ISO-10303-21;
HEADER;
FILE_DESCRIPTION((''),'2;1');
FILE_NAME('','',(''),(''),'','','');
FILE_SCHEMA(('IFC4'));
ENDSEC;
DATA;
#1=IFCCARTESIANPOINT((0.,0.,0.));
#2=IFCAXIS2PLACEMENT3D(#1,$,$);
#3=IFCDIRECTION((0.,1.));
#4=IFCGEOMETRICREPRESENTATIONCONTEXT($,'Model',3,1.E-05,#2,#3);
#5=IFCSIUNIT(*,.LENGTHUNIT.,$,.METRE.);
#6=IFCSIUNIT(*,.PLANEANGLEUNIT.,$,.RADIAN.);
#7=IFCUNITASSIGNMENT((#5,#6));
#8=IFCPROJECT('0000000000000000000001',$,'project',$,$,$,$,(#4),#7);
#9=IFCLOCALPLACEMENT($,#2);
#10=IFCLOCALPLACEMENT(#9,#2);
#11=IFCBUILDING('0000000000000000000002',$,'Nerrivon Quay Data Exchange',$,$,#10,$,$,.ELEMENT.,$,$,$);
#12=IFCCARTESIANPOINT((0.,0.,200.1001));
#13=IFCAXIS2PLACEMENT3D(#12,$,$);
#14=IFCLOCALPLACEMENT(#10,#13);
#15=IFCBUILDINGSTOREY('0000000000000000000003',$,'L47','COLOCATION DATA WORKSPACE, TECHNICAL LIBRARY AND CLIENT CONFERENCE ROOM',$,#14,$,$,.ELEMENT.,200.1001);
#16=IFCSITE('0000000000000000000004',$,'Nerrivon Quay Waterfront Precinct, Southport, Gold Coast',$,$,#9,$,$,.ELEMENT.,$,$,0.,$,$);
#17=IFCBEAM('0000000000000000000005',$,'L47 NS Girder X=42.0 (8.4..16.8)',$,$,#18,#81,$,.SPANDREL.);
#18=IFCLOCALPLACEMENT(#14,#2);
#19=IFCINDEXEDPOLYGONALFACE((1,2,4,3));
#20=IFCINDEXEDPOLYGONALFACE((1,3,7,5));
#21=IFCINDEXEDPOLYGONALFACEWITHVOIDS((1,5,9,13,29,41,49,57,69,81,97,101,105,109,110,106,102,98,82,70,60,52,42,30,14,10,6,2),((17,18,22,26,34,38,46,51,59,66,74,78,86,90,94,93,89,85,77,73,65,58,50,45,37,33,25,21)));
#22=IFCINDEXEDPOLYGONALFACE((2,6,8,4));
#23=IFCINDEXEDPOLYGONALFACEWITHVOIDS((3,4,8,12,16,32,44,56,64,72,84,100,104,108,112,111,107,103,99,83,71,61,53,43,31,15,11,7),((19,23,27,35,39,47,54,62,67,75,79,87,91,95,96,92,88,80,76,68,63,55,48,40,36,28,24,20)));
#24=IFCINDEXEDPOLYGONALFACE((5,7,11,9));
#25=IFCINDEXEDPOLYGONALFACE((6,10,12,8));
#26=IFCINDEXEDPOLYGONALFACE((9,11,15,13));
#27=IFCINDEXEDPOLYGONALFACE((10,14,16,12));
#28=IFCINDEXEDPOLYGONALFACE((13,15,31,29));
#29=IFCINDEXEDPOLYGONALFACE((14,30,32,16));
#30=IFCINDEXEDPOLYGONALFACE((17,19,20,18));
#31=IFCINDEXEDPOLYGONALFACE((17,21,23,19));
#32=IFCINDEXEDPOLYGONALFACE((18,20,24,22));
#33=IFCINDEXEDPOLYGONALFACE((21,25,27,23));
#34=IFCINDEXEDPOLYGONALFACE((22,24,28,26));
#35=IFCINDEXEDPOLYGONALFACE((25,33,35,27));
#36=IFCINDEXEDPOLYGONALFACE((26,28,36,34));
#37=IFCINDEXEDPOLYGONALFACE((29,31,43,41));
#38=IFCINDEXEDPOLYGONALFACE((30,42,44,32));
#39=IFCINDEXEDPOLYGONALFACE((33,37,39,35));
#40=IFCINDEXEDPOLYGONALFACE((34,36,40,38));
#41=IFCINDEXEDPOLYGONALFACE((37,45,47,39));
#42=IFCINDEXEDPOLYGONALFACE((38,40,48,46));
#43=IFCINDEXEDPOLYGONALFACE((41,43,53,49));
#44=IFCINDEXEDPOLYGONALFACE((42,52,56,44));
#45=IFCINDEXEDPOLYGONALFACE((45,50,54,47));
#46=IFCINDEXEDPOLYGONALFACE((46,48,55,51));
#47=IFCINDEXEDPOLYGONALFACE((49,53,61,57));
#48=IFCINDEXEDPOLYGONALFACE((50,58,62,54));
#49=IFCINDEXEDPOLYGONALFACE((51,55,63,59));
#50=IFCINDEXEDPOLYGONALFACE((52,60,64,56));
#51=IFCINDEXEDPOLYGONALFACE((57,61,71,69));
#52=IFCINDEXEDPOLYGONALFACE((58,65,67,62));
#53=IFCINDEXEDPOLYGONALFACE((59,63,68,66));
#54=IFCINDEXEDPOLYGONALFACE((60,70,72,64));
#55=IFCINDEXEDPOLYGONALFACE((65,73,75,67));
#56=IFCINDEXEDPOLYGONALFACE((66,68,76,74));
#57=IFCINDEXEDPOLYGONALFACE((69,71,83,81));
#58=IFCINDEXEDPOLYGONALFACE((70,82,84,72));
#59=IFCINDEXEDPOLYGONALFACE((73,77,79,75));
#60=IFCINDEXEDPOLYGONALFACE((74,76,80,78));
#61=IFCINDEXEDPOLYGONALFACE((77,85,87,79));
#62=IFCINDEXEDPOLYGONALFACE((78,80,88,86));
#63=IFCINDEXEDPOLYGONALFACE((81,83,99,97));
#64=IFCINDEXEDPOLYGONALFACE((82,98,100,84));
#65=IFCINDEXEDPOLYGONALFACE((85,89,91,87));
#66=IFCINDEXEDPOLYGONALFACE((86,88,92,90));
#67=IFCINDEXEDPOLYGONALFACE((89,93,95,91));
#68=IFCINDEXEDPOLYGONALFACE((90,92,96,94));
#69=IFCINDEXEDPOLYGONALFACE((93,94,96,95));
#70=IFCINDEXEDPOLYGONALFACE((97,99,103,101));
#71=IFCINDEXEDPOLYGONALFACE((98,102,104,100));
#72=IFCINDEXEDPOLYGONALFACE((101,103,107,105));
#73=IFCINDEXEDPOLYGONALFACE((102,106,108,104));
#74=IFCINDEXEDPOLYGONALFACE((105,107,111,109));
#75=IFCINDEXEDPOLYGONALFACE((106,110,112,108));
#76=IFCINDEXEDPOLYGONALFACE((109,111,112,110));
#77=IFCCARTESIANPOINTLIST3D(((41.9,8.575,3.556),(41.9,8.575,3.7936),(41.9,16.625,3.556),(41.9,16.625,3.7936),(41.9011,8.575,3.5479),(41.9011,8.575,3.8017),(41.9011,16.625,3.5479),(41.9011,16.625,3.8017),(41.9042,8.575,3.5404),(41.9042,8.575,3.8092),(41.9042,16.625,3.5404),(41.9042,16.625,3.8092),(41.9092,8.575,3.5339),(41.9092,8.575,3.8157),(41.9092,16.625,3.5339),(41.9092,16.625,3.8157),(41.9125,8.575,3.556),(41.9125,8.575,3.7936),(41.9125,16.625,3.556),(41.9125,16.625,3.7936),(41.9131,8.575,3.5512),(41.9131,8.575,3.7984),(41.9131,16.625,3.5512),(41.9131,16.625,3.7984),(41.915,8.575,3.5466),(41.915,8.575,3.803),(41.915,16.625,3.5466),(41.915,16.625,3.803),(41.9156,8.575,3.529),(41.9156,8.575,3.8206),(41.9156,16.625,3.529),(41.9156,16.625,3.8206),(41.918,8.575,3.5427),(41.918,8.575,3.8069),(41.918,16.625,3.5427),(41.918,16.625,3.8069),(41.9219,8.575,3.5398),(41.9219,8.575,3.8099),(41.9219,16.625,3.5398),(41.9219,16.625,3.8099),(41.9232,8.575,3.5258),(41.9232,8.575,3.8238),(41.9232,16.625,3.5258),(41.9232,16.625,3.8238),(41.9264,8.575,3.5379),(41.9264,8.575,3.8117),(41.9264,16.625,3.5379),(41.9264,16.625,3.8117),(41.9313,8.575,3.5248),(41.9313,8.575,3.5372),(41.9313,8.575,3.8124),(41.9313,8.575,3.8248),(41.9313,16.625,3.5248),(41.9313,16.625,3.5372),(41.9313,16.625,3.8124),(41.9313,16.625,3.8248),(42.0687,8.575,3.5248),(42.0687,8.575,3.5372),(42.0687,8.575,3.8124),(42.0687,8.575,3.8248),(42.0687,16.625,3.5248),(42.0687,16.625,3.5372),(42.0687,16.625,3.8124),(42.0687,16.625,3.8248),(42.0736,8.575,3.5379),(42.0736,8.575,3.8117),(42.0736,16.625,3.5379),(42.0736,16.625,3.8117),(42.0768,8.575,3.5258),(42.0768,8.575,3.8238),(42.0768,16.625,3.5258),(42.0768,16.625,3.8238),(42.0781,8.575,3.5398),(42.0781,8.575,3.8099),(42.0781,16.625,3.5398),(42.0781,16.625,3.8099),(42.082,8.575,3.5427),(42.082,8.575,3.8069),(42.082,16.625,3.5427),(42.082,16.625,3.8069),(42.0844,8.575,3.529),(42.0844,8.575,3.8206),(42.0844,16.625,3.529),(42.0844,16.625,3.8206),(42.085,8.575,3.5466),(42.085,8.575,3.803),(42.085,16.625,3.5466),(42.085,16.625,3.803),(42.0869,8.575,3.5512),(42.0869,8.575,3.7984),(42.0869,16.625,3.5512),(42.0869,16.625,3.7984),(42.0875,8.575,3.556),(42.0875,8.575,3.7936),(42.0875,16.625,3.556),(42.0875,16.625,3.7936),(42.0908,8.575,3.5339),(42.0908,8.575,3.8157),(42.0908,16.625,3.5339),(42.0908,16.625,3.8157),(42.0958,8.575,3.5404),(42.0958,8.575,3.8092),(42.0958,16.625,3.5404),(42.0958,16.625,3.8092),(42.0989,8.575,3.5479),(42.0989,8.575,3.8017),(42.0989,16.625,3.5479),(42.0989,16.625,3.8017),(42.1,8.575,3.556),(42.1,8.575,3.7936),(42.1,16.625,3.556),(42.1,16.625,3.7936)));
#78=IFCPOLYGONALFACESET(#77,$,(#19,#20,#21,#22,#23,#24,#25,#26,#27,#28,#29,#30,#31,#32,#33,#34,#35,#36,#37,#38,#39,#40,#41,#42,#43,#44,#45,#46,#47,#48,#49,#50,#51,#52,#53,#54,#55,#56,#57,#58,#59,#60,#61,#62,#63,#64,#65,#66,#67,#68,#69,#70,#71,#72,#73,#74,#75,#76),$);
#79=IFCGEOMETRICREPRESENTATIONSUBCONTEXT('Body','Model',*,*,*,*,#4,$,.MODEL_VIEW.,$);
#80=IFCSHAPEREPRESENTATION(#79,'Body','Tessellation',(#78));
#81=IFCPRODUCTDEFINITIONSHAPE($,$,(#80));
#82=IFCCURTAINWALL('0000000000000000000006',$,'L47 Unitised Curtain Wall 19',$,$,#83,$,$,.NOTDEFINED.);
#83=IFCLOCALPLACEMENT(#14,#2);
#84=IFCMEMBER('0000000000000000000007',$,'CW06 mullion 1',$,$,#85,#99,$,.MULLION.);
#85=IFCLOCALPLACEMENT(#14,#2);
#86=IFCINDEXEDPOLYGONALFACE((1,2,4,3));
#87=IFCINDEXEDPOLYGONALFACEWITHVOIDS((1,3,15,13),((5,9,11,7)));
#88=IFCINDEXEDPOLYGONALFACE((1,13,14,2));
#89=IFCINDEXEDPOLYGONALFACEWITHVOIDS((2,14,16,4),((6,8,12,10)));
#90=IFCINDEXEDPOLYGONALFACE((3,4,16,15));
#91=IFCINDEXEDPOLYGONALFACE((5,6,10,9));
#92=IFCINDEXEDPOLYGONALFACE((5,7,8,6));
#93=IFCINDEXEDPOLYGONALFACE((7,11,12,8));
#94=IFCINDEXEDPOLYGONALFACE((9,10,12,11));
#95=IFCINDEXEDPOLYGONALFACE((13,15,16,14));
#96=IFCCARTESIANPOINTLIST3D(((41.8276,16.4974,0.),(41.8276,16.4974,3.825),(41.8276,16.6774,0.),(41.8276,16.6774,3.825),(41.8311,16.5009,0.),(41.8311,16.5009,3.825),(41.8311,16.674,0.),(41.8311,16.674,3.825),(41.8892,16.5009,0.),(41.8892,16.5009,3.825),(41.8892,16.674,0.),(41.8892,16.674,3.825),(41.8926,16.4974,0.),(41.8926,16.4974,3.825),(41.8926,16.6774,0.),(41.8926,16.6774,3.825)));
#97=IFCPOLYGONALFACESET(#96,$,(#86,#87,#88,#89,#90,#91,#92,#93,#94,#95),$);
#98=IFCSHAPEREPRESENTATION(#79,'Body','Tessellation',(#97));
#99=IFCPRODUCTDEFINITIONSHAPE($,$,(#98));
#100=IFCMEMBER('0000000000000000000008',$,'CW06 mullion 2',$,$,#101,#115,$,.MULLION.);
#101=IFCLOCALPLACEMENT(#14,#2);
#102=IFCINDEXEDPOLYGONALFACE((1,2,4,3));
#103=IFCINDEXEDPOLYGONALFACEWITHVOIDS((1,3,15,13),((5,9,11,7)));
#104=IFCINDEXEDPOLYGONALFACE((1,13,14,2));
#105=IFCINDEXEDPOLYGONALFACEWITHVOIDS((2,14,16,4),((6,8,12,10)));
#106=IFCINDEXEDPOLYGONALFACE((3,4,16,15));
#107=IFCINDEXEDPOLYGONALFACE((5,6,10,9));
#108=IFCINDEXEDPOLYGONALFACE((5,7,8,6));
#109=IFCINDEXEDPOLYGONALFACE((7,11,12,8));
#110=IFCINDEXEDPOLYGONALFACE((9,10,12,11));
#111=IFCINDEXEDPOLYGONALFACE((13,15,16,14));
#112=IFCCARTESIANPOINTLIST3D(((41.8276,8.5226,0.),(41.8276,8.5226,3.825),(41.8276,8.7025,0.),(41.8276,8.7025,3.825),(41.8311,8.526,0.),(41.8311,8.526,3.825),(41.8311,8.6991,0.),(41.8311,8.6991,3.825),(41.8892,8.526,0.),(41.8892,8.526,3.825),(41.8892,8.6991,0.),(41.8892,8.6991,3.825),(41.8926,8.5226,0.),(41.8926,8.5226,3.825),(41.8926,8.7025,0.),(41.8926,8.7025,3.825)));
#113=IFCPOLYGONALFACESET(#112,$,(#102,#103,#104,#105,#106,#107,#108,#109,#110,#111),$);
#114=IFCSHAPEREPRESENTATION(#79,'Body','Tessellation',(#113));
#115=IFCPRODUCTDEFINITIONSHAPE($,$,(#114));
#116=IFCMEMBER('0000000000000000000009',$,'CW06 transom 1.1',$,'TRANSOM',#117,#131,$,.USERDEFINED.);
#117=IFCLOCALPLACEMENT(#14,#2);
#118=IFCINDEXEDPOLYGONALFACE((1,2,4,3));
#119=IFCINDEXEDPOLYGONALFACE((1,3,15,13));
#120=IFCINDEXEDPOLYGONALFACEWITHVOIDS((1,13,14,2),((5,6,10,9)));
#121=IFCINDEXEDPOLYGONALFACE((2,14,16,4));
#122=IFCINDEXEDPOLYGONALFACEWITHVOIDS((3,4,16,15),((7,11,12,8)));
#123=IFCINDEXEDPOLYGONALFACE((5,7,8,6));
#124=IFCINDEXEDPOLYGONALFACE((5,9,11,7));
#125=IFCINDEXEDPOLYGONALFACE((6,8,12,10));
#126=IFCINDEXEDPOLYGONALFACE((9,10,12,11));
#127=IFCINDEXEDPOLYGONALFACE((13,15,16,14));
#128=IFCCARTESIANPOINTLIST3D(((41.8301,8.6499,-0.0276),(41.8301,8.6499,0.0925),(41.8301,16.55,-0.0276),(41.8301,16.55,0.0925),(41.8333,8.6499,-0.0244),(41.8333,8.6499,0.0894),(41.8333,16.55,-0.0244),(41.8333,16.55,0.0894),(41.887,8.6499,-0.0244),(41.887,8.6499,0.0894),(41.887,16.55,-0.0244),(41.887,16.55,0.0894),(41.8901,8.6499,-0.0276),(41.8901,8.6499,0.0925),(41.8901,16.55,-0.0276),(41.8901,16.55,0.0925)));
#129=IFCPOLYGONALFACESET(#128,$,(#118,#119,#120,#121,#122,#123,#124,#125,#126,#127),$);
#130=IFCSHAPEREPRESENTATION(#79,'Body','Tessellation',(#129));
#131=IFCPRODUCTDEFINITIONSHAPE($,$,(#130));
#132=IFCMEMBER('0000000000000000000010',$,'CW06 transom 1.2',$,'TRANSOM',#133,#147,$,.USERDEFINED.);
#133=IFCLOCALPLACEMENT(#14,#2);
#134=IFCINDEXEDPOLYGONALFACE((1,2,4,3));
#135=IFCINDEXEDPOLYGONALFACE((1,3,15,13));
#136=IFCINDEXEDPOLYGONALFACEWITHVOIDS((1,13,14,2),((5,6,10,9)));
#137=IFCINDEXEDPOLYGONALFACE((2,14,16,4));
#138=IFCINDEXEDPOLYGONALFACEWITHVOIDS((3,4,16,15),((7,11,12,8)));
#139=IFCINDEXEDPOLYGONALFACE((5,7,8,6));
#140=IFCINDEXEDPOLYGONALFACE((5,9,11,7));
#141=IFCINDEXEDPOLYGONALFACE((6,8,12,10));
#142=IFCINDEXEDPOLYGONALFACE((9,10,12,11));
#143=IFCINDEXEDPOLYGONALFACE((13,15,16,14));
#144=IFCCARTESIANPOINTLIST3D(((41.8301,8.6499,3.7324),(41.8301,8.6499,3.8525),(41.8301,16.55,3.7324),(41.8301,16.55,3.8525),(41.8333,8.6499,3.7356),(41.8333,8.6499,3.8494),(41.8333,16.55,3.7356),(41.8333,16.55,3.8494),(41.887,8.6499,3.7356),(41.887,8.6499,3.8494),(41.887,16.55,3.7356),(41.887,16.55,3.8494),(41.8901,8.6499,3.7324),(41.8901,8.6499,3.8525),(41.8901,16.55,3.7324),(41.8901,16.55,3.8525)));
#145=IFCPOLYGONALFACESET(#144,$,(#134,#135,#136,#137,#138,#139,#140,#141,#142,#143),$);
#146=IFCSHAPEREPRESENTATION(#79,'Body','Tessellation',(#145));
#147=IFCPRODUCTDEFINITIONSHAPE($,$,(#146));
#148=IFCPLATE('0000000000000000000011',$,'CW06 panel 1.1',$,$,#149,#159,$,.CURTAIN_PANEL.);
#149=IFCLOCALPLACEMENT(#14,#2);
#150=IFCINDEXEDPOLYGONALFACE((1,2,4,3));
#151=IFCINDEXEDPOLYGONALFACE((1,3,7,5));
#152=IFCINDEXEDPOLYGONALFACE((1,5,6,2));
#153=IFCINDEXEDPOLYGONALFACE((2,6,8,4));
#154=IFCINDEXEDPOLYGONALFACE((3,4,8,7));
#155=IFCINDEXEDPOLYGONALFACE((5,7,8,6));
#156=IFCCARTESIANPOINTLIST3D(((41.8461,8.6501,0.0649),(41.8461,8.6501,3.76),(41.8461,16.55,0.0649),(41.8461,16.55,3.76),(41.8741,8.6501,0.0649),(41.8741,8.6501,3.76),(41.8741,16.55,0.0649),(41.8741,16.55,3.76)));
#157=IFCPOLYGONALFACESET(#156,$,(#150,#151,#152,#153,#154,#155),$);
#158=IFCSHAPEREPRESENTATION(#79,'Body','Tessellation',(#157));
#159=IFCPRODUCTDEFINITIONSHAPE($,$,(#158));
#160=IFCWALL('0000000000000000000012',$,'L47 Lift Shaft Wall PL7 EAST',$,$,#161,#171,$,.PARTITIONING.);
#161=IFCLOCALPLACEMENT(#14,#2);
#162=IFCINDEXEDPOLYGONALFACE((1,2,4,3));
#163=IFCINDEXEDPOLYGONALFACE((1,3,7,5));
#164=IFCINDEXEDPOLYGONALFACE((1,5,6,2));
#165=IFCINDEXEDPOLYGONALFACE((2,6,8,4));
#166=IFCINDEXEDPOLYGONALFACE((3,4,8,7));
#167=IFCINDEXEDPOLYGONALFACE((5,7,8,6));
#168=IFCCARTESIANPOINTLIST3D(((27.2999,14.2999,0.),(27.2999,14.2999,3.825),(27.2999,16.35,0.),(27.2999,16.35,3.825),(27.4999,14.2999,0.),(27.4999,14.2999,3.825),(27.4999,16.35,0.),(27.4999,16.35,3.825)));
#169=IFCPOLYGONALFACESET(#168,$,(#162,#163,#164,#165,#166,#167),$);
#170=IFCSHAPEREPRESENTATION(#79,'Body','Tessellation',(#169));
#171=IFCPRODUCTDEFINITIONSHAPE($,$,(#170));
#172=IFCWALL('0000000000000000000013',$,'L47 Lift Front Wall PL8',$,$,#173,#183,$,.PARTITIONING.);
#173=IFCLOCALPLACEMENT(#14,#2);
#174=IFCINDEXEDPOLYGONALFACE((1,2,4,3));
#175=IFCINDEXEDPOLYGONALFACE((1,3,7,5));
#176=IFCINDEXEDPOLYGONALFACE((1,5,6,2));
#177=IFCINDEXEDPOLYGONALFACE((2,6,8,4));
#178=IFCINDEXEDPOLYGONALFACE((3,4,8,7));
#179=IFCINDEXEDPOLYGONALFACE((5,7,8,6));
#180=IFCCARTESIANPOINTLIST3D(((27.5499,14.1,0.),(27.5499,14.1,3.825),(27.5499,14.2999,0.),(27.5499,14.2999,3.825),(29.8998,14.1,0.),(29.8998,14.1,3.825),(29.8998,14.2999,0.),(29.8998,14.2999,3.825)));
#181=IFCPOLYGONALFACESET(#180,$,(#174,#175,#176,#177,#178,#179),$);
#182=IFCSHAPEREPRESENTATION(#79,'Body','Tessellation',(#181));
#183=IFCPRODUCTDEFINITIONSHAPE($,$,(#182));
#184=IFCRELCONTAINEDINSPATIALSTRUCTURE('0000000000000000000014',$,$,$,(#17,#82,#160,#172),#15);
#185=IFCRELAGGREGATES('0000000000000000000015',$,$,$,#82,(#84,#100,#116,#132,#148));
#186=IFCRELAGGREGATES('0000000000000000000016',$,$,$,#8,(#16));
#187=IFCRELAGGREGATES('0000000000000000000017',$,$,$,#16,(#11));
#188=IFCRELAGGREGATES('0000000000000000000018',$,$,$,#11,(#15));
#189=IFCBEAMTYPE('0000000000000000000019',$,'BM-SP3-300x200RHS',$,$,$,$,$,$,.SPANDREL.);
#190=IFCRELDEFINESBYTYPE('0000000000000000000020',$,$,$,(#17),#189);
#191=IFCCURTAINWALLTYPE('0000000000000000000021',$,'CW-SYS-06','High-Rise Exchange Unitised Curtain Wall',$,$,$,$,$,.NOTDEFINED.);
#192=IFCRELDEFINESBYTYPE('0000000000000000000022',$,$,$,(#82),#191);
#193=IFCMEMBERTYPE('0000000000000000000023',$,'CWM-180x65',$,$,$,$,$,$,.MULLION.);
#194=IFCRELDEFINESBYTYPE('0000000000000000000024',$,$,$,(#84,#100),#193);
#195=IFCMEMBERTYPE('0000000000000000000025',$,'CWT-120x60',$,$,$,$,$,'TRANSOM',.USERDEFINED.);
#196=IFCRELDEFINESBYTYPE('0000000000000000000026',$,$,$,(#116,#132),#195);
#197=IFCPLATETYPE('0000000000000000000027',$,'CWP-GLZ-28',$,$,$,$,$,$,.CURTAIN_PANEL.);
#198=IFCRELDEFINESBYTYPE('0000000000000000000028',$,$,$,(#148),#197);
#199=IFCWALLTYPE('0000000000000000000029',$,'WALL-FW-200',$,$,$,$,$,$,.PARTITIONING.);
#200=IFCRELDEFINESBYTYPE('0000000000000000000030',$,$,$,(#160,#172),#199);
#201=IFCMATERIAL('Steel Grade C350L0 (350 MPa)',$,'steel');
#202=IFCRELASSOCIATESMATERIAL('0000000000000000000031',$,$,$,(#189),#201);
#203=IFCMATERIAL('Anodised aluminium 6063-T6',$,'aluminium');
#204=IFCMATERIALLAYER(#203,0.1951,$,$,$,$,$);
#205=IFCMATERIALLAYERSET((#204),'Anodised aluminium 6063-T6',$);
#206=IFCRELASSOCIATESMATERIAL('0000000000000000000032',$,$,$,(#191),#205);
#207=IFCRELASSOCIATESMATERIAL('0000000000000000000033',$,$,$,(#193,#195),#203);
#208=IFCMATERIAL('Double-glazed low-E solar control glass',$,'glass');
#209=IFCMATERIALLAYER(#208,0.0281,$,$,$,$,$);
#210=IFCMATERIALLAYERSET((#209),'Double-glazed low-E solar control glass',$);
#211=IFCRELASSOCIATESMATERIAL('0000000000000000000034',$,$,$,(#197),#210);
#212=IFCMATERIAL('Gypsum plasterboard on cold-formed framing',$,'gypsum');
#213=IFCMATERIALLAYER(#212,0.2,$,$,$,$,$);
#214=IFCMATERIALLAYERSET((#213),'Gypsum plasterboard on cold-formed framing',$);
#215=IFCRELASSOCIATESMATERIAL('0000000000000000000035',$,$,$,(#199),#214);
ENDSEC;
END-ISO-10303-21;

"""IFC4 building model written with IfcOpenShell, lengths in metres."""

from ifc_helpers import new_model, si_unit, direction, frame, frame_2d, origin, origin_2d, place, context, subcontext, project, spatial, rectangle, hollow_rectangle, extrude, material, layer, layer_set, material_profile, profile_set, type_object, element, aggregate, save


model = new_model("IFC4")

# Units and contexts
model_context = context("Model", 3, precision=1e-05, world=origin(), true_north=direction((0.0, 1.0)))
body_context = subcontext(model_context, "Body", "Model", "MODEL_VIEW")
ifc_project = project(units=[si_unit("LENGTHUNIT", "METRE"), si_unit("PLANEANGLEUNIT", "RADIAN")], contexts=[model_context])

# Site, building, storey
site_placement = place(None, origin())
site = spatial("IfcSite", under=ifc_project, at=site_placement, Name="Nerrivon Quay Waterfront Precinct, Southport, Gold Coast", CompositionType="ELEMENT", RefElevation=0.0)
building_placement = place(site_placement, origin())
building = spatial("IfcBuilding", under=site, at=building_placement, Name="Nerrivon Quay Data Exchange", CompositionType="ELEMENT")
storey_placement = place(building_placement, frame((0.0, 0.0, 200.1001)))
storey = spatial("IfcBuildingStorey", under=building, at=storey_placement, Name="L47", Description="COLOCATION DATA WORKSPACE, TECHNICAL LIBRARY AND CLIENT CONFERENCE ROOM", CompositionType="ELEMENT", Elevation=200.1001)

# Beam
ifc_material_1 = material(Name="Steel Grade C350L0 (350 MPa)", Category="steel")
ifc_material_profile_1 = material_profile(ifc_material_1, hollow_rectangle(XDim=0.2, YDim=0.3, WallThickness=0.0125, InnerFilletRadius=0.0188, OuterFilletRadius=0.0312, at=origin_2d()), Name="300x200x12.5RHS")
ifc_profile_set_1 = profile_set([ifc_material_profile_1], Name="Steel Grade C350L0 (350 MPa)")
beam_type_1 = type_object("IfcBeamType", Name="BM-SP3-300x200RHS", PredefinedType="SPANDREL", material=ifc_profile_set_1)
beam_1_placement = place(storey_placement, frame((42.0, 8.575, 3.6748), z_axis=(0.0, 1.0, 0.0), x_axis=(-1.0, 0.0, 0.0)))
element("IfcBeam", 1, at=beam_1_placement, inside=storey, type_object=beam_type_1, Name="L47 NS Girder X=42.0 (8.4..16.8)", PredefinedType="SPANDREL", context=body_context, shape_type="SweptSolid", body=[
    extrude(hollow_rectangle(XDim=0.2, YDim=0.3, WallThickness=0.0125, InnerFilletRadius=0.0188, OuterFilletRadius=0.0312, at=origin_2d()), origin(), (0.0, 0.0, 1.0), 8.05),
])

# Curtain wall, members, plate
ifc_material_2 = material(Name="Anodised aluminium 6063-T6", Category="aluminium")
ifc_layer_1 = layer(ifc_material_2, 0.1951)
ifc_layer_set_1 = layer_set([ifc_layer_1], Name="Anodised aluminium 6063-T6")
curtain_wall_type = type_object("IfcCurtainWallType", Name="CW-SYS-06", Description="High-Rise Exchange Unitised Curtain Wall", PredefinedType="NOTDEFINED", material=ifc_layer_set_1)
curtain_wall_placement = place(storey_placement, origin())
curtain_wall = element("IfcCurtainWall", 2, at=curtain_wall_placement, inside=storey, type_object=curtain_wall_type, Name="L47 Unitised Curtain Wall 19", PredefinedType="NOTDEFINED")
ifc_material_profile_2 = material_profile(ifc_material_2, hollow_rectangle(XDim=0.0649, YDim=0.1799, WallThickness=0.0034, at=origin_2d()), Name="ALU-MULL-180x65")
ifc_profile_set_2 = profile_set([ifc_material_profile_2], Name="Anodised aluminium 6063-T6")
member_type_1 = type_object("IfcMemberType", Name="CWM-180x65", PredefinedType="MULLION", material=ifc_profile_set_2)
member_1_placement = place(storey_placement, frame((41.8601, 16.5874, 0.0), z_axis=(0.0, 0.0, 1.0), x_axis=(1.0, 0.0, 0.0)))
member_1 = element("IfcMember", 3, at=member_1_placement, type_object=member_type_1, Name="CW06 mullion 1", PredefinedType="MULLION", context=body_context, shape_type="SweptSolid", body=[
    extrude(hollow_rectangle(XDim=0.0649, YDim=0.1799, WallThickness=0.0034, at=origin_2d()), origin(), (0.0, 0.0, 1.0), 3.825),
])
member_2_placement = place(storey_placement, frame((41.8601, 8.6125, 0.0), z_axis=(0.0, 0.0, 1.0), x_axis=(1.0, 0.0, 0.0)))
member_2 = element("IfcMember", 4, at=member_2_placement, type_object=member_type_1, Name="CW06 mullion 2", PredefinedType="MULLION", context=body_context, shape_type="SweptSolid", body=[
    extrude(hollow_rectangle(XDim=0.0649, YDim=0.1799, WallThickness=0.0034, at=origin_2d()), origin(), (0.0, 0.0, 1.0), 3.825),
])
ifc_material_profile_3 = material_profile(ifc_material_2, hollow_rectangle(XDim=0.0601, YDim=0.1201, WallThickness=0.0032, at=origin_2d()), Name="ALU-TRAN-120x60")
ifc_profile_set_3 = profile_set([ifc_material_profile_3], Name="Anodised aluminium 6063-T6")
member_type_2 = type_object("IfcMemberType", Name="CWT-120x60", ElementType="TRANSOM", PredefinedType="USERDEFINED", material=ifc_profile_set_3)
member_3_placement = place(storey_placement, frame((41.8601, 16.55, 0.0325), z_axis=(0.0, -1.0, 0.0), x_axis=(1.0, 0.0, 0.0)))
member_3 = element("IfcMember", 5, at=member_3_placement, type_object=member_type_2, Name="CW06 transom 1.1", ObjectType="TRANSOM", PredefinedType="USERDEFINED", context=body_context, shape_type="SweptSolid", body=[
    extrude(hollow_rectangle(XDim=0.0601, YDim=0.1201, WallThickness=0.0032, at=origin_2d()), origin(), (0.0, 0.0, 1.0), 7.9001),
])
member_4_placement = place(storey_placement, frame((41.8601, 16.55, 3.7925), z_axis=(0.0, -1.0, 0.0), x_axis=(1.0, 0.0, 0.0)))
member_4 = element("IfcMember", 6, at=member_4_placement, type_object=member_type_2, Name="CW06 transom 1.2", ObjectType="TRANSOM", PredefinedType="USERDEFINED", context=body_context, shape_type="SweptSolid", body=[
    extrude(hollow_rectangle(XDim=0.0601, YDim=0.1201, WallThickness=0.0032, at=origin_2d()), origin(), (0.0, 0.0, 1.0), 7.9001),
])
ifc_material_3 = material(Name="Double-glazed low-E solar control glass", Category="glass")
ifc_layer_2 = layer(ifc_material_3, 0.0281)
ifc_layer_set_2 = layer_set([ifc_layer_2], Name="Double-glazed low-E solar control glass")
plate_type = type_object("IfcPlateType", Name="CWP-GLZ-28", PredefinedType="CURTAIN_PANEL", material=ifc_layer_set_2)
plate_placement = place(storey_placement, frame((41.8601, 12.6001, 0.0649), z_axis=(0.0, 0.0, 1.0), x_axis=(0.0, -1.0, 0.0)))
plate = element("IfcPlate", 7, at=plate_placement, type_object=plate_type, Name="CW06 panel 1.1", PredefinedType="CURTAIN_PANEL", context=body_context, shape_type="SweptSolid", body=[
    extrude(rectangle(XDim=7.8999, YDim=0.0281, at=origin_2d()), origin(), (0.0, 0.0, 1.0), 3.6951),
])
aggregate(curtain_wall, [member_1, member_2, member_3, member_4, plate])

# Walls
ifc_material_4 = material(Name="Gypsum plasterboard on cold-formed framing", Category="gypsum")
ifc_layer_3 = layer(ifc_material_4, 0.2)
ifc_layer_set_3 = layer_set([ifc_layer_3], Name="Gypsum plasterboard on cold-formed framing")
wall_type_1 = type_object("IfcWallType", Name="WALL-FW-200", PredefinedType="PARTITIONING", material=ifc_layer_set_3)
wall_1_placement = place(storey_placement, frame((27.3999, 14.3, 0.0), z_axis=(0.0, 0.0, 1.0), x_axis=(0.0, 1.0, 0.0)))
element("IfcWall", 8, at=wall_1_placement, inside=storey, type_object=wall_type_1, Name="L47 Lift Shaft Wall PL7 EAST", PredefinedType="PARTITIONING", context=body_context, shape_type="SweptSolid", body=[
    extrude(rectangle(XDim=2.05, YDim=0.2, at=frame_2d((1.0249, 0.0))), origin(), (0.0, 0.0, 1.0), 3.825),
])
wall_2_placement = place(storey_placement, frame((27.55, 14.2, 0.0), z_axis=(0.0, 0.0, 1.0), x_axis=(1.0, 0.0, 0.0)))
element("IfcWall", 9, at=wall_2_placement, inside=storey, type_object=wall_type_1, Name="L47 Lift Front Wall PL8", PredefinedType="PARTITIONING", context=body_context, shape_type="SweptSolid", body=[
    extrude(rectangle(XDim=2.3499, YDim=0.2, at=frame_2d((1.1748, 0.0))), origin(), (0.0, 0.0, 1.0), 3.825),
])

save(model, "model.ifc")
